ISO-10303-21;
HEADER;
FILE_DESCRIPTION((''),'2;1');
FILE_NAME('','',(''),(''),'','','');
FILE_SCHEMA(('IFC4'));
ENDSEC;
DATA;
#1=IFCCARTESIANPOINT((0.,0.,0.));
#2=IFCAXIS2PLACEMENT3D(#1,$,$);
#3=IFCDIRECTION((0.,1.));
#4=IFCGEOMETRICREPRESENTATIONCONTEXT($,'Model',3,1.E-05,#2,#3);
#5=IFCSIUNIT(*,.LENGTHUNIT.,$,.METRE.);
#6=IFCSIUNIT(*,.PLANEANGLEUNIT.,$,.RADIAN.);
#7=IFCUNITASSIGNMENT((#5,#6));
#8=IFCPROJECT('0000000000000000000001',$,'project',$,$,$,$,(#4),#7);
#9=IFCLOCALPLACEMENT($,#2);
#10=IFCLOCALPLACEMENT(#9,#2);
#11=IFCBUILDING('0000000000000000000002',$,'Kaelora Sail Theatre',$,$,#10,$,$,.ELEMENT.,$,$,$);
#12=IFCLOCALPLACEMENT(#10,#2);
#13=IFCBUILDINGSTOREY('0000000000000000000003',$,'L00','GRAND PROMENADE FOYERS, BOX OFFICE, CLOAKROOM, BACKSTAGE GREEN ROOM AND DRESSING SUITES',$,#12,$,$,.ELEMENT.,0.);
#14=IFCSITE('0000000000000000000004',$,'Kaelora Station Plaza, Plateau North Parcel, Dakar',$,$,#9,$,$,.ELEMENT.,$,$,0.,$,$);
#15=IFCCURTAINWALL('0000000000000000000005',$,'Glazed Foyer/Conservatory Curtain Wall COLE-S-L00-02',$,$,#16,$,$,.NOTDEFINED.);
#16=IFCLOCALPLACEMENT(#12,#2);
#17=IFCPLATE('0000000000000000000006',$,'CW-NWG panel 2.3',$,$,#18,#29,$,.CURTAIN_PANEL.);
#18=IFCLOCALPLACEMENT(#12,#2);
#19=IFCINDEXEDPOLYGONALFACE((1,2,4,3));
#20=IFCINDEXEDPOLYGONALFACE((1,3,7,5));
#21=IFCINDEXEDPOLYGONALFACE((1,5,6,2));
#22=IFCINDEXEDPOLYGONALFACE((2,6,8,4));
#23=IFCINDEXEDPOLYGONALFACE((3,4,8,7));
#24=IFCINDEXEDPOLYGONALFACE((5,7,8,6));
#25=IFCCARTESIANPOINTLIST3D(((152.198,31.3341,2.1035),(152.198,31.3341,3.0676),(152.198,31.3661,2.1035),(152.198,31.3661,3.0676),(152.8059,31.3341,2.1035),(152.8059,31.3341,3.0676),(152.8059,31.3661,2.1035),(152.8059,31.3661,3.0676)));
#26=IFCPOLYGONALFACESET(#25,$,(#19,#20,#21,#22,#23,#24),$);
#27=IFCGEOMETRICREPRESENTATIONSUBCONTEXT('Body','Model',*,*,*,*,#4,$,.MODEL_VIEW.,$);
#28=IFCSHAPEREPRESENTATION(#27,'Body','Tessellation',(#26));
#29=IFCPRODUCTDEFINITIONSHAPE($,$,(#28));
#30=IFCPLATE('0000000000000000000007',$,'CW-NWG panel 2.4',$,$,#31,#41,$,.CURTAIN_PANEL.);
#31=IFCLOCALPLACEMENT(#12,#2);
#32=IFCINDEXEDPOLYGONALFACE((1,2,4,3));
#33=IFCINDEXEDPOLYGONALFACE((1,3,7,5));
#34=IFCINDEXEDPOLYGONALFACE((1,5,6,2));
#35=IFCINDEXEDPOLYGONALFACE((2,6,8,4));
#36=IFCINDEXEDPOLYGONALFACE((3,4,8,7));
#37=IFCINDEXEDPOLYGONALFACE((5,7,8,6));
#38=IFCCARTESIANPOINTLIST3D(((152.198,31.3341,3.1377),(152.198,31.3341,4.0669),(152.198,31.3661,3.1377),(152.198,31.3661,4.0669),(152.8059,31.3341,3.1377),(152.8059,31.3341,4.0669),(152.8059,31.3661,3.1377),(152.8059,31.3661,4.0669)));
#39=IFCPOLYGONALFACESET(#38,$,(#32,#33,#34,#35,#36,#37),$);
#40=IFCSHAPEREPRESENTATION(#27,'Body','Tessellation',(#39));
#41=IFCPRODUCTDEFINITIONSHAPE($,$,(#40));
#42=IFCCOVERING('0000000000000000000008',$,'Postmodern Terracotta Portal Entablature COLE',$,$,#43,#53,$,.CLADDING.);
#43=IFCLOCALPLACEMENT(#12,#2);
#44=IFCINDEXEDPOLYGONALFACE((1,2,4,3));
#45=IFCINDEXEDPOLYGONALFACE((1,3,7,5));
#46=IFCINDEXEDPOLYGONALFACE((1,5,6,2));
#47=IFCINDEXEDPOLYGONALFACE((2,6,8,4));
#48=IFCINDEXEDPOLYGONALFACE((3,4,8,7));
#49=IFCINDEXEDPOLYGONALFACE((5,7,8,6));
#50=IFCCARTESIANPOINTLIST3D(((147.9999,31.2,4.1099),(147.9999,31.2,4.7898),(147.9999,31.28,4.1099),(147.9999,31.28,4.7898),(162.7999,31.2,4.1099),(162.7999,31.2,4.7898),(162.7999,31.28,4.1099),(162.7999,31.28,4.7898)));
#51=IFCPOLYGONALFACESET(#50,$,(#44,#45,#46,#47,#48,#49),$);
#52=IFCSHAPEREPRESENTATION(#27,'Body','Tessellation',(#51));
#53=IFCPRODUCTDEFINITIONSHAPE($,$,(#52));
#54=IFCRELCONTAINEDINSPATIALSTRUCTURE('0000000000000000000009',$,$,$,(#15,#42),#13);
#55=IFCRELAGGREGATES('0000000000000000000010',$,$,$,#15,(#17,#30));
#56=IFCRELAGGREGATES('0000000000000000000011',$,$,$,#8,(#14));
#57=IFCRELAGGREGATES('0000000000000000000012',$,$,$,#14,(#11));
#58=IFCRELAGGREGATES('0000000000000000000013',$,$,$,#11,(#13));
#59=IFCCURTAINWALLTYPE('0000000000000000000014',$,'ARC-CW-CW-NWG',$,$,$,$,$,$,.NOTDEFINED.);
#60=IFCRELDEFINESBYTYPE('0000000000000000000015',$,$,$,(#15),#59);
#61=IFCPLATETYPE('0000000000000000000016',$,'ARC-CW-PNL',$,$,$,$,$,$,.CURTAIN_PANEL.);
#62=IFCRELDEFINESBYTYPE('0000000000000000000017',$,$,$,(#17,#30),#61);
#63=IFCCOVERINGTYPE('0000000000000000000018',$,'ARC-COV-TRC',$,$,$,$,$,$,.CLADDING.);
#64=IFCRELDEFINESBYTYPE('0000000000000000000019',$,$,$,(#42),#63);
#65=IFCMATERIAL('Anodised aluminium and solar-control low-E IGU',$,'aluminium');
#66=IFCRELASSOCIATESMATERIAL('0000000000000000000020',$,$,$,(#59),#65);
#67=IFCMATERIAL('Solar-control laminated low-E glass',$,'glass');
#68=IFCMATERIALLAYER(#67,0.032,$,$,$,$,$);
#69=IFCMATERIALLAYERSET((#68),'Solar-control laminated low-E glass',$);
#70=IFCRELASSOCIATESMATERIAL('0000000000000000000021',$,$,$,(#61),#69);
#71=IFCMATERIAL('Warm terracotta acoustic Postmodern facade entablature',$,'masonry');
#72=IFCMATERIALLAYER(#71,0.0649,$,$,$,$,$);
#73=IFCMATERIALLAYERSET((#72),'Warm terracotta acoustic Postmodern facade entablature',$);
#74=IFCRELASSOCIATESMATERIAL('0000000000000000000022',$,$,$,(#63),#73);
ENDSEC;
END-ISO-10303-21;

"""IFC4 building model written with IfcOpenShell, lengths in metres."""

from ifc_helpers import new_model, si_unit, direction, frame, origin, origin_2d, place, context, subcontext, project, spatial, rectangle, extrude, material, layer, layer_set, type_object, element, aggregate, save


model = new_model("IFC4")

# Units and contexts
model_context = context("Model", 3, precision=1e-05, world=origin(), true_north=direction((0.0, 1.0)))
body_context = subcontext(model_context, "Body", "Model", "MODEL_VIEW")
ifc_project = project(units=[si_unit("LENGTHUNIT", "METRE"), si_unit("PLANEANGLEUNIT", "RADIAN")], contexts=[model_context])

# Site, building, storey
site_placement = place(None, origin())
site = spatial("IfcSite", under=ifc_project, at=site_placement, Name="Kaelora Station Plaza, Plateau North Parcel, Dakar", CompositionType="ELEMENT", RefElevation=0.0)
building_placement = place(site_placement, origin())
building = spatial("IfcBuilding", under=site, at=building_placement, Name="Kaelora Sail Theatre", CompositionType="ELEMENT")
storey_placement = place(building_placement, origin())
storey = spatial("IfcBuildingStorey", under=building, at=storey_placement, Name="L00", Description="GRAND PROMENADE FOYERS, BOX OFFICE, CLOAKROOM, BACKSTAGE GREEN ROOM AND DRESSING SUITES", CompositionType="ELEMENT", Elevation=0.0)

# Curtain wall
ifc_material_1 = material(Name="Anodised aluminium and solar-control low-E IGU", Category="aluminium")
curtain_wall_type = type_object("IfcCurtainWallType", Name="ARC-CW-CW-NWG", PredefinedType="NOTDEFINED", material=ifc_material_1)
curtain_wall_placement = place(storey_placement, origin())
curtain_wall = element("IfcCurtainWall", 1, at=curtain_wall_placement, inside=storey, type_object=curtain_wall_type, Name="Glazed Foyer/Conservatory Curtain Wall COLE-S-L00-02", PredefinedType="NOTDEFINED")

# Plates
ifc_material_2 = material(Name="Solar-control laminated low-E glass", Category="glass")
ifc_layer_1 = layer(ifc_material_2, 0.032)
ifc_layer_set_1 = layer_set([ifc_layer_1], Name="Solar-control laminated low-E glass")
plate_type = type_object("IfcPlateType", Name="ARC-CW-PNL", PredefinedType="CURTAIN_PANEL", material=ifc_layer_set_1)
plate_1_placement = place(storey_placement, frame((152.502, 31.3501, 2.1035), z_axis=(0.0, 0.0, 1.0), x_axis=(1.0, 0.0, 0.0)))
plate_1 = element("IfcPlate", 2, at=plate_1_placement, type_object=plate_type, Name="CW-NWG panel 2.3", PredefinedType="CURTAIN_PANEL", context=body_context, shape_type="SweptSolid", body=[
    extrude(rectangle(XDim=0.6079, YDim=0.032, at=origin_2d()), origin(), (0.0, 0.0, 1.0), 0.9641),
])
plate_2_placement = place(storey_placement, frame((152.502, 31.3501, 3.1377), z_axis=(0.0, 0.0, 1.0), x_axis=(1.0, 0.0, 0.0)))
plate_2 = element("IfcPlate", 3, at=plate_2_placement, type_object=plate_type, Name="CW-NWG panel 2.4", PredefinedType="CURTAIN_PANEL", context=body_context, shape_type="SweptSolid", body=[
    extrude(rectangle(XDim=0.6079, YDim=0.032, at=origin_2d()), origin(), (0.0, 0.0, 1.0), 0.9292),
])
aggregate(curtain_wall, [plate_1, plate_2])

# Covering
ifc_material_3 = material(Name="Warm terracotta acoustic Postmodern facade entablature", Category="masonry")
ifc_layer_2 = layer(ifc_material_3, 0.0649)
ifc_layer_set_2 = layer_set([ifc_layer_2], Name="Warm terracotta acoustic Postmodern facade entablature")
covering_type = type_object("IfcCoveringType", Name="ARC-COV-TRC", PredefinedType="CLADDING", material=ifc_layer_set_2)
covering_placement = place(storey_placement, frame((155.3999, 31.24, 4.1099), z_axis=(0.0, 0.0, 1.0), x_axis=(1.0, 0.0, 0.0)))
element("IfcCovering", 4, at=covering_placement, inside=storey, type_object=covering_type, Name="Postmodern Terracotta Portal Entablature COLE", PredefinedType="CLADDING", context=body_context, shape_type="SweptSolid", body=[
    extrude(rectangle(XDim=14.8, YDim=0.0801, at=origin_2d()), origin(), (0.0, 0.0, 1.0), 0.6799),
])

save(model, "model.ifc")
